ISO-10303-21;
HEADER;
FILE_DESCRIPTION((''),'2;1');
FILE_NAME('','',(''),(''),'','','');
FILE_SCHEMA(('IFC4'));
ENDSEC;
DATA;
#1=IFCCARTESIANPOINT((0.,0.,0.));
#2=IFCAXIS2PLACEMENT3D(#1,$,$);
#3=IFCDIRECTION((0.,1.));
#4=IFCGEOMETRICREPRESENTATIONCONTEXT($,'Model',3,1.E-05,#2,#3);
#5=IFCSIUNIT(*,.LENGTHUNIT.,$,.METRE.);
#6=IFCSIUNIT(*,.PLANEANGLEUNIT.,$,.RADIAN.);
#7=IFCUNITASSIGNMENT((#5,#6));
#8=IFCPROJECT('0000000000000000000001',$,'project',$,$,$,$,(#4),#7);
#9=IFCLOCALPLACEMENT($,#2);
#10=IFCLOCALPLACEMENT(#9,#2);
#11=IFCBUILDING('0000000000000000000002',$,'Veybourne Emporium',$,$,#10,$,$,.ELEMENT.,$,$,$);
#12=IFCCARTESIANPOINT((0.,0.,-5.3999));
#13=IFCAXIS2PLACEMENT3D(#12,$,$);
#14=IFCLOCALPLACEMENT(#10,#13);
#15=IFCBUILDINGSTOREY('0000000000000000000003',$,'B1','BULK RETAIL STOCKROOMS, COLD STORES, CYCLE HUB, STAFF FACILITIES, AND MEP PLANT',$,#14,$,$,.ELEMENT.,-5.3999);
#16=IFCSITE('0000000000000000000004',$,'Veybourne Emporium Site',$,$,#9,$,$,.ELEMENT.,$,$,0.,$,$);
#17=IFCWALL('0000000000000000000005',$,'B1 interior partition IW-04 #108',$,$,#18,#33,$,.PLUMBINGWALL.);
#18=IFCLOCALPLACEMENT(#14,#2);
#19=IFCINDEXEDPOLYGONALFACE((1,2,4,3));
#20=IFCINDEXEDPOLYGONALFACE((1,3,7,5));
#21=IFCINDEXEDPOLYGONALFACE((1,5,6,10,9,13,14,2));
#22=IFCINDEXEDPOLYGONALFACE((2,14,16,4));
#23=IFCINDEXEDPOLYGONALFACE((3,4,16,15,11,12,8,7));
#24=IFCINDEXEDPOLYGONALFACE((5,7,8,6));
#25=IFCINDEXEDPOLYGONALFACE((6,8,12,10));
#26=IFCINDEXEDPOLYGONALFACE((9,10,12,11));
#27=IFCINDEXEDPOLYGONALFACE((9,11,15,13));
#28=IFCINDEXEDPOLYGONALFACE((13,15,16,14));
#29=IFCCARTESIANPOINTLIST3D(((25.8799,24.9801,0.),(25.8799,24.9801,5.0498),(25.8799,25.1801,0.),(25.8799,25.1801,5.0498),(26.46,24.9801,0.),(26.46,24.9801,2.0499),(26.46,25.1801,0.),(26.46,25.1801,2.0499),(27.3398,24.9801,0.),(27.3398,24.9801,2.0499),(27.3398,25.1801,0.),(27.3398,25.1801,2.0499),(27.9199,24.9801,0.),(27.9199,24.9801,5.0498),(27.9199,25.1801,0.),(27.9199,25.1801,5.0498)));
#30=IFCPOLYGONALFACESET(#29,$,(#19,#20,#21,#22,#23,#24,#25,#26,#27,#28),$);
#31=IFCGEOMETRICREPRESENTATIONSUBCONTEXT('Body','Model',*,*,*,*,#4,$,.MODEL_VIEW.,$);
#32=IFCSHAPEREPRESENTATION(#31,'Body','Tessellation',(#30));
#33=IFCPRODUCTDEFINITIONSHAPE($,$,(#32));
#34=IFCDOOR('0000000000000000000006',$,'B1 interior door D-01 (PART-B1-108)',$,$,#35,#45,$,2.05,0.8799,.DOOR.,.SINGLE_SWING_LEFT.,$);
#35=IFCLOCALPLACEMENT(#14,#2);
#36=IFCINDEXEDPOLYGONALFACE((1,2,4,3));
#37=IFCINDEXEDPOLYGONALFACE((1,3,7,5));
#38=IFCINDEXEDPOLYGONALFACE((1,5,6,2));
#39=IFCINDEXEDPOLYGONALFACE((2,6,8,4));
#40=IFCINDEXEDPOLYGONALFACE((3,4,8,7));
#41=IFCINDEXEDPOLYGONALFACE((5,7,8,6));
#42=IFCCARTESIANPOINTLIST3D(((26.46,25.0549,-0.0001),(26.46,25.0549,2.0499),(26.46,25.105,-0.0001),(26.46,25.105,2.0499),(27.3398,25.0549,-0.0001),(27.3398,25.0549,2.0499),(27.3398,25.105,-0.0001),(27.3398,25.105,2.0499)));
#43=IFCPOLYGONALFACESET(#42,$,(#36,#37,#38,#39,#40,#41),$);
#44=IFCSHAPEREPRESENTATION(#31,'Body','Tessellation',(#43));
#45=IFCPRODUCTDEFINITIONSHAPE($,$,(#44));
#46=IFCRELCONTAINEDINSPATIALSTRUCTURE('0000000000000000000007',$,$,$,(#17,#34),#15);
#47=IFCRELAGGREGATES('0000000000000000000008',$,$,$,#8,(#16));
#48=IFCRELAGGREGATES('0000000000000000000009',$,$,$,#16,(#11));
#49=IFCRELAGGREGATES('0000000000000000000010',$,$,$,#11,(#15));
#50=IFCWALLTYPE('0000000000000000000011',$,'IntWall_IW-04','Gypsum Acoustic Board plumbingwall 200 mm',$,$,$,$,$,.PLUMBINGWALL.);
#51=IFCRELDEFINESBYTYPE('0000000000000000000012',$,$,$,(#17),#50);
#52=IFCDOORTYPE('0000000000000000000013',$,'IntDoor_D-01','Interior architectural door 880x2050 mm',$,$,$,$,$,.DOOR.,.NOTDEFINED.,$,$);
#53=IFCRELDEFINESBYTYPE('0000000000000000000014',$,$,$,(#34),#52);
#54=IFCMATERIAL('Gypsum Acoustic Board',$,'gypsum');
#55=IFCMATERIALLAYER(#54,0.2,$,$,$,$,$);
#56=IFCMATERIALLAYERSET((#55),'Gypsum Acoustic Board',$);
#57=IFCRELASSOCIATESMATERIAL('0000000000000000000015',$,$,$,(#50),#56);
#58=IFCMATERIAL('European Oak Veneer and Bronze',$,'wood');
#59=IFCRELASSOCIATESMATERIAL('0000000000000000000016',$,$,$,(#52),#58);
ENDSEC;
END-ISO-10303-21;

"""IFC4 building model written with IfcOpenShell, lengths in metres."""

from ifc_helpers import new_model, si_unit, direction, frame, frame_2d, origin, place, context, subcontext, project, spatial, rectangle, extrude, material, layer, layer_set, type_object, element, fill, save


model = new_model("IFC4")

# Units and contexts
model_context = context("Model", 3, precision=1e-05, world=origin(), true_north=direction((0.0, 1.0)))
body_context = subcontext(model_context, "Body", "Model", "MODEL_VIEW")
ifc_project = project(units=[si_unit("LENGTHUNIT", "METRE"), si_unit("PLANEANGLEUNIT", "RADIAN")], contexts=[model_context])

# Site, building, storey
site_placement = place(None, origin())
site = spatial("IfcSite", under=ifc_project, at=site_placement, Name="Veybourne Emporium Site", CompositionType="ELEMENT", RefElevation=0.0)
building_placement = place(site_placement, origin())
building = spatial("IfcBuilding", under=site, at=building_placement, Name="Veybourne Emporium", CompositionType="ELEMENT")
storey_placement = place(building_placement, frame((0.0, 0.0, -5.3999)))
storey = spatial("IfcBuildingStorey", under=building, at=storey_placement, Name="B1", Description="BULK RETAIL STOCKROOMS, COLD STORES, CYCLE HUB, STAFF FACILITIES, AND MEP PLANT", CompositionType="ELEMENT", Elevation=-5.3999)

# Wall, opening, door
ifc_material_1 = material(Name="Gypsum Acoustic Board", Category="gypsum")
ifc_material_2 = material(Name="European Oak Veneer and Bronze", Category="wood")
ifc_layer_1 = layer(ifc_material_1, 0.2)
ifc_layer_set_1 = layer_set([ifc_layer_1], Name="Gypsum Acoustic Board")
wall_type_1 = type_object("IfcWallType", Name="IntWall_IW-04", Description="Gypsum Acoustic Board plumbingwall 200 mm", PredefinedType="PLUMBINGWALL", material=ifc_layer_set_1)
wall_1_placement = place(storey_placement, frame((25.8799, 25.0801, 0.0), z_axis=(0.0, 0.0, 1.0), x_axis=(1.0, 0.0, 0.0)))
wall_1 = element("IfcWall", 1, at=wall_1_placement, inside=storey, type_object=wall_type_1, Name="B1 interior partition IW-04 #108", PredefinedType="PLUMBINGWALL", context=body_context, shape_type="SweptSolid", body=[
    extrude(rectangle(XDim=2.04, YDim=0.2, at=frame_2d((1.02, 0.0))), origin(), (0.0, 0.0, 1.0), 5.0498),
])
opening_1_placement = place(wall_1_placement, frame((0.5801, 0.0, 0.0)))
opening_1 = element("IfcOpeningElement", 2, at=opening_1_placement, cuts=wall_1, PredefinedType="OPENING", context=body_context, shape_type="SweptSolid", body=[
    extrude(rectangle(XDim=0.8799, YDim=2.05, at=frame_2d((0.4399, 1.0249))), frame((0.0, 0.1201, 0.0), z_axis=(0.0, -1.0, 0.0), x_axis=(1.0, 0.0, 0.0)), (0.0, 0.0, 1.0), 0.24),
])
door_type_1 = type_object("IfcDoorType", Name="IntDoor_D-01", Description="Interior architectural door 880x2050 mm", OperationType="NOTDEFINED", PredefinedType="DOOR", material=ifc_material_2)
door_1_placement = place(opening_1_placement, origin())
door_1 = element("IfcDoor", 3, at=door_1_placement, inside=storey, type_object=door_type_1, Name="B1 interior door D-01 (PART-B1-108)", OperationType="SINGLE_SWING_LEFT", OverallHeight=2.05, OverallWidth=0.8799, PredefinedType="DOOR", context=body_context, shape_type="SweptSolid", body=[
    extrude(rectangle(XDim=0.8799, YDim=2.05, at=frame_2d((0.4399, 1.0249))), frame((0.0, 0.0249, 0.0), z_axis=(0.0, -1.0, 0.0), x_axis=(1.0, 0.0, 0.0)), (0.0, 0.0, 1.0), 0.05),
])
fill(opening_1, door_1)

save(model, "model.ifc")
